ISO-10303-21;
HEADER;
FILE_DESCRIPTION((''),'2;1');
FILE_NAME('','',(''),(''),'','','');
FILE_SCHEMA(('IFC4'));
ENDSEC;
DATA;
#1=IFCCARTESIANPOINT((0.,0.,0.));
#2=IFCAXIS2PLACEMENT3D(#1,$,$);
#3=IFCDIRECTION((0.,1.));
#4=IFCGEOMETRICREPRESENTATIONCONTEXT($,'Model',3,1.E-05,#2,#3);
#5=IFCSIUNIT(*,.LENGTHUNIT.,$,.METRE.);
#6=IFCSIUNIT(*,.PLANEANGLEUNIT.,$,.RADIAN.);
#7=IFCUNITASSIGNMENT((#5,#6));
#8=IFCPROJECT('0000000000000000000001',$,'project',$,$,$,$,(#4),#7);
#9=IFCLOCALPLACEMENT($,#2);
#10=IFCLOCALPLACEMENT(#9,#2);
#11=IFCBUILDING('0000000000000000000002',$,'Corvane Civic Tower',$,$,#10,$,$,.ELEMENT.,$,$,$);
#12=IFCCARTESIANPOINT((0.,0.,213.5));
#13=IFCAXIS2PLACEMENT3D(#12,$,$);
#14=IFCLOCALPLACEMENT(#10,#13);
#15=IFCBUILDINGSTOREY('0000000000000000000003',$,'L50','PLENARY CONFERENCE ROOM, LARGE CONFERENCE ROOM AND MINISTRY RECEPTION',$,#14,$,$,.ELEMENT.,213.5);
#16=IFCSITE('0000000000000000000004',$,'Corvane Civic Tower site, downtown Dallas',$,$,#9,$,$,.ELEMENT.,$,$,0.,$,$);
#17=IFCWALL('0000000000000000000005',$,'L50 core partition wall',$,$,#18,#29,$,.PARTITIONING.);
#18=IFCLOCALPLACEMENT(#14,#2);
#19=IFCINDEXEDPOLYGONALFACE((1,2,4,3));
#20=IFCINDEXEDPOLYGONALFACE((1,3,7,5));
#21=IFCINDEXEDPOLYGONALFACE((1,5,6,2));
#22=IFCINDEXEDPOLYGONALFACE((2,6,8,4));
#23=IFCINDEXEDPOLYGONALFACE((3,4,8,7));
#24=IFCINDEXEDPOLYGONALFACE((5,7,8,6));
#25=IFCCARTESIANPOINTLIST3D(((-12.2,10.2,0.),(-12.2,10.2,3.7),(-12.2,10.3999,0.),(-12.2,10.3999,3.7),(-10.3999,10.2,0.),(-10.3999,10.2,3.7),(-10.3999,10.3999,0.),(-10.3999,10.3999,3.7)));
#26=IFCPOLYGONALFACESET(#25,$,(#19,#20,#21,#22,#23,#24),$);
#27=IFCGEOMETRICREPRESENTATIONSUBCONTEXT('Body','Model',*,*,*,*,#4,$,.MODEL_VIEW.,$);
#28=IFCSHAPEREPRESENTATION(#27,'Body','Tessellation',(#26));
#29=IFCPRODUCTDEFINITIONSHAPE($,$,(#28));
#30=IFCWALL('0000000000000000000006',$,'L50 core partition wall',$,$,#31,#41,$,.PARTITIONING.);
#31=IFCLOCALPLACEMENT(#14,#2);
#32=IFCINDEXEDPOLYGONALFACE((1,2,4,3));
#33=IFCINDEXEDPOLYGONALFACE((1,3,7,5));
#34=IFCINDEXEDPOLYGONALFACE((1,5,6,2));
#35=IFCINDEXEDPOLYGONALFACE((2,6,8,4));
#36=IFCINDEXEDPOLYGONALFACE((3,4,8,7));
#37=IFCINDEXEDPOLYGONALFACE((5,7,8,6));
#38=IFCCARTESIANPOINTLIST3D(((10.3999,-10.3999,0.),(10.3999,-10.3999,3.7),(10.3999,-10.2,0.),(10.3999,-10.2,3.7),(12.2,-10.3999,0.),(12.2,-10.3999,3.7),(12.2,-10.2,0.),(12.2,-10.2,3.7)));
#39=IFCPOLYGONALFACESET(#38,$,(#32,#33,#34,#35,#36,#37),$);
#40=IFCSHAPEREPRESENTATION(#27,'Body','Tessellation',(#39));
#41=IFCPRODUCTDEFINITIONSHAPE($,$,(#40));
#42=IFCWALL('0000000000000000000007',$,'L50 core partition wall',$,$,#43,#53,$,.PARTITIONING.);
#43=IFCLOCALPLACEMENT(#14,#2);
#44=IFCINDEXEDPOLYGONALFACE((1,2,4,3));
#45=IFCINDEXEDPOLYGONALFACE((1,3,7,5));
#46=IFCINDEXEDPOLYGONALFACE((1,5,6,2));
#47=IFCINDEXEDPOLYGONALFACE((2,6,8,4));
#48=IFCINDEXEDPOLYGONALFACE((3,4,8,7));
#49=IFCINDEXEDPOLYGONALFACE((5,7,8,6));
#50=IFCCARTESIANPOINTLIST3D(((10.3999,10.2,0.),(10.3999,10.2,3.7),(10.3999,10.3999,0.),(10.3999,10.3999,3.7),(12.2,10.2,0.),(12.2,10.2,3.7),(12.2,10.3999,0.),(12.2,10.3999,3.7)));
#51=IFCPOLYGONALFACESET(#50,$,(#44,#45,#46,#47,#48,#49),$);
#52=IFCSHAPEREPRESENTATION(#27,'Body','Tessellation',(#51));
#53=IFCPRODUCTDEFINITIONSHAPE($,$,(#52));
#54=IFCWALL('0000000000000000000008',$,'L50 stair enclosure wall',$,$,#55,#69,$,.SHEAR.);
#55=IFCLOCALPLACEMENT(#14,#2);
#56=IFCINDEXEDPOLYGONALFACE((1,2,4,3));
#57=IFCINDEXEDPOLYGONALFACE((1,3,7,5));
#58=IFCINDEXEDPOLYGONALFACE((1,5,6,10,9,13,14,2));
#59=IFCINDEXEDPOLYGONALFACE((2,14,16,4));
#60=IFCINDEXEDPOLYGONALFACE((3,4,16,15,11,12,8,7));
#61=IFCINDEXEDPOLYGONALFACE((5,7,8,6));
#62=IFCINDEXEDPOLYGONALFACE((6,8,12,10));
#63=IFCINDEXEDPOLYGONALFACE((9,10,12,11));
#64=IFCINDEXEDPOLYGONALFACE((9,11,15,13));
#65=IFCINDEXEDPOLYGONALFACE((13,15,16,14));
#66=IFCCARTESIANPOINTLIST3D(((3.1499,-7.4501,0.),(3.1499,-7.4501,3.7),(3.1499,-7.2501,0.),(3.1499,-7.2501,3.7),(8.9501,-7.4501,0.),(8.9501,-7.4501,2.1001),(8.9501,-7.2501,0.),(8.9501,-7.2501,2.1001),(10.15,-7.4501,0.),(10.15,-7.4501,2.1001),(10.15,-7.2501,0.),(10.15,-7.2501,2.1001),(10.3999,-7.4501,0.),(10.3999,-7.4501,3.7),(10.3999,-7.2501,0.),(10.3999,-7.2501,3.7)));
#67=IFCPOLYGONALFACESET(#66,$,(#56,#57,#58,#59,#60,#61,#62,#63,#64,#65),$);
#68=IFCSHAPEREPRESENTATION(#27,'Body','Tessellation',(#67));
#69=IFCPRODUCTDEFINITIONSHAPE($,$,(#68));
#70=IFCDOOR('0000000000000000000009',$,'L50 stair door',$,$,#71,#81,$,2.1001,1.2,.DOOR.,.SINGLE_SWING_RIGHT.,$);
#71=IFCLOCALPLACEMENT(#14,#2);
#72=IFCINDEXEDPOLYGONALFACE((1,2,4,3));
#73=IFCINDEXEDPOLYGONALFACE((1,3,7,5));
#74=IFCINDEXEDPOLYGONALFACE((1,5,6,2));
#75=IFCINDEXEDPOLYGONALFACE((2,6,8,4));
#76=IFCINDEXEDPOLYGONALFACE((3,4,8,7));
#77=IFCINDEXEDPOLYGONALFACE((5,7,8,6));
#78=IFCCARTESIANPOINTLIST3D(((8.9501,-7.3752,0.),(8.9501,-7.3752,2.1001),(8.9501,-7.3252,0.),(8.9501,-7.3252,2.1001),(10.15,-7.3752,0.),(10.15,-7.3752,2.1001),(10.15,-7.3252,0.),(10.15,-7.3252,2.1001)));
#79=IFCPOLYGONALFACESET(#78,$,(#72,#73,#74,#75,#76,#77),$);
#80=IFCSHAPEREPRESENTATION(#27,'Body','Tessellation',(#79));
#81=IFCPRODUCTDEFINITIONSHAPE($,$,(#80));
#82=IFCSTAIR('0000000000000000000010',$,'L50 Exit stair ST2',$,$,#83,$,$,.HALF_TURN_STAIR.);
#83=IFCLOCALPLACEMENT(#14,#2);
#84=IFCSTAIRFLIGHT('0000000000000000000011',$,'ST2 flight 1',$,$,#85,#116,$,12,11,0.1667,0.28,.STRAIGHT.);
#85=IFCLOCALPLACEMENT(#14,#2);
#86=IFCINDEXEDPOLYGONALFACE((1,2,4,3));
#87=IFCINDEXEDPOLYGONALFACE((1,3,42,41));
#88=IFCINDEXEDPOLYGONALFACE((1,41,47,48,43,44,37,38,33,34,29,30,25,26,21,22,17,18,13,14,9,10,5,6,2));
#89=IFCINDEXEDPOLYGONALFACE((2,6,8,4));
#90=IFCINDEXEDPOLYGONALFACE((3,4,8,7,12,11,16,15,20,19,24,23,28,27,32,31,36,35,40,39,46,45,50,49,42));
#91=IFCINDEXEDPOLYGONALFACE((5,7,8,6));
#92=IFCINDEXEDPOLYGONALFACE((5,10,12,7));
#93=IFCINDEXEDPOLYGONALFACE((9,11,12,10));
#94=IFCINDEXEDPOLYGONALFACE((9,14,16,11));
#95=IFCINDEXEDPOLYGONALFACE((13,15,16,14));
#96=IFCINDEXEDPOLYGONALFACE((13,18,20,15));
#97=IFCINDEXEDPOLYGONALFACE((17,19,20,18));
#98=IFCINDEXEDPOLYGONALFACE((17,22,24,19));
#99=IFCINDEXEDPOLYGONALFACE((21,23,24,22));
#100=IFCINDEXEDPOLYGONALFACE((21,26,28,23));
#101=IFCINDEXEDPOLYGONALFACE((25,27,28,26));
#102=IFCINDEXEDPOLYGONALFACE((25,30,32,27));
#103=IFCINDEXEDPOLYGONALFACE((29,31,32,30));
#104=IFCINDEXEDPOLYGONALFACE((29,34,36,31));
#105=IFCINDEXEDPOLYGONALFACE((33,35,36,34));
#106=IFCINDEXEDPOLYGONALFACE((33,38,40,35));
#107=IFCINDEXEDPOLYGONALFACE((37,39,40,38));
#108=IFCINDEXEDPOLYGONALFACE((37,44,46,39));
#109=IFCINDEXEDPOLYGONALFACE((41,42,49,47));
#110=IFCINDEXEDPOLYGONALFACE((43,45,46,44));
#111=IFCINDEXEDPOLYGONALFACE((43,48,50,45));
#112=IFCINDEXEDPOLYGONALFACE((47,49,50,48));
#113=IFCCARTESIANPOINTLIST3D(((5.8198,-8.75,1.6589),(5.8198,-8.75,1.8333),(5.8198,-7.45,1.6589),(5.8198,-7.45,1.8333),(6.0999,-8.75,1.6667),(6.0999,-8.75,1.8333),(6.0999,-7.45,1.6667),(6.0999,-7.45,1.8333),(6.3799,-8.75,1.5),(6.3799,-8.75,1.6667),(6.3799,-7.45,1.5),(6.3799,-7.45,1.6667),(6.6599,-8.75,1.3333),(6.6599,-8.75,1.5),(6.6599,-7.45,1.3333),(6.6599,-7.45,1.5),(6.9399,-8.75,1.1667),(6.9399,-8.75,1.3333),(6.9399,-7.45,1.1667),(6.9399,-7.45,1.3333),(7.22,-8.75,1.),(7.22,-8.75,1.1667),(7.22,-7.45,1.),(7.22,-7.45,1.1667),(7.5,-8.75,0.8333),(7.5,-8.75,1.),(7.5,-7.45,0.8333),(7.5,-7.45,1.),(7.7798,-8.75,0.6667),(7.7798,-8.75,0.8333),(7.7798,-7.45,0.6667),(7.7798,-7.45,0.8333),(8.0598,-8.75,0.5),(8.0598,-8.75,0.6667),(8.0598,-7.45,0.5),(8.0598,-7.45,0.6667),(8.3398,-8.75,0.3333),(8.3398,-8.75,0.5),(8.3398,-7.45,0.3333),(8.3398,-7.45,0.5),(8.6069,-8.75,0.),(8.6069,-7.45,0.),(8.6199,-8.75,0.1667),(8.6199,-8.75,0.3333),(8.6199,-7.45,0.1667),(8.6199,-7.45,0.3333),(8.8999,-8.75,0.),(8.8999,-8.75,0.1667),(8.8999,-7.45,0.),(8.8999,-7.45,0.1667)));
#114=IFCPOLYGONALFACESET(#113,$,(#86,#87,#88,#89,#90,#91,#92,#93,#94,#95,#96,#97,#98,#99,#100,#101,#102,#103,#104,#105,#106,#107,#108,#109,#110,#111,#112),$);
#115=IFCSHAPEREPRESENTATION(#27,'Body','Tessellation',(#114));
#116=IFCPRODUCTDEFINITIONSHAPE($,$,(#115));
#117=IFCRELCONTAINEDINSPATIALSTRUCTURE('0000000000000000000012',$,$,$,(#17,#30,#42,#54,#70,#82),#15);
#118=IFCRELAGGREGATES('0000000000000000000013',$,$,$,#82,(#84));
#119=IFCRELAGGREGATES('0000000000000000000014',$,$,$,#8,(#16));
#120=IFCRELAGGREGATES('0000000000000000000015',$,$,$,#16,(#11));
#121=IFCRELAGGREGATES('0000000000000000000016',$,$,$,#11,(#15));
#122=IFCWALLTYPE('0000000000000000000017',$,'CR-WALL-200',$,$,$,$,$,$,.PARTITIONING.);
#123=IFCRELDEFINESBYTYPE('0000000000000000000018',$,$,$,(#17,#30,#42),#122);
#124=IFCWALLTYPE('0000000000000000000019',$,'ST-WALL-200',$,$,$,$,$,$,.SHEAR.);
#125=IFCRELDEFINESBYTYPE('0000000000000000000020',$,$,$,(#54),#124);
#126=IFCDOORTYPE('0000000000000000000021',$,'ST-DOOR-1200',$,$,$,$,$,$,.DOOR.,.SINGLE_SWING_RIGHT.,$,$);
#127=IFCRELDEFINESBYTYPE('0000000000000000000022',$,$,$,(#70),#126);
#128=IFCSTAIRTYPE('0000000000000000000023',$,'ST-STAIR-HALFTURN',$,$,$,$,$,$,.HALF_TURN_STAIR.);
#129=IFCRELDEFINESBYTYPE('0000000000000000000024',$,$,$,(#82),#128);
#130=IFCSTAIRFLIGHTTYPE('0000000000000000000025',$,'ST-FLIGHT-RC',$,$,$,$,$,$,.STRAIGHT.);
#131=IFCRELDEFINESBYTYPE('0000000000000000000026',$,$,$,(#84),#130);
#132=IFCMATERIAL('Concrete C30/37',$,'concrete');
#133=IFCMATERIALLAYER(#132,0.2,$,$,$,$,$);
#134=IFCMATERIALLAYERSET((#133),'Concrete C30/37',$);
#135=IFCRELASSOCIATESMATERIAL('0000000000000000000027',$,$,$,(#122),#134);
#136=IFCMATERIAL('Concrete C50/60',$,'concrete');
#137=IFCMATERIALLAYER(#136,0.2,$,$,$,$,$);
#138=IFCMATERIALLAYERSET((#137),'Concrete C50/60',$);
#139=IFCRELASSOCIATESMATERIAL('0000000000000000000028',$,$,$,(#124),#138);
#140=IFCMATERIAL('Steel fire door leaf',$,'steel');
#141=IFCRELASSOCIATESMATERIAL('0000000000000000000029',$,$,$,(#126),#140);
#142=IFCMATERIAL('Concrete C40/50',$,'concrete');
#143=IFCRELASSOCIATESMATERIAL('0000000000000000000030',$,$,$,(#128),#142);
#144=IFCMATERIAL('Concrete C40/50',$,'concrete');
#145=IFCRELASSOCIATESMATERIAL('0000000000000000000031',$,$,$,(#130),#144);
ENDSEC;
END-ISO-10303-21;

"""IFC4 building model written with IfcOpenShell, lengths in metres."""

from ifc_helpers import new_model, si_unit, direction, frame, frame_2d, origin, place, context, subcontext, project, spatial, polyline, rectangle, outline, extrude, material, layer, layer_set, type_object, element, fill, aggregate, save


model = new_model("IFC4")

# Units and contexts
model_context = context("Model", 3, precision=1e-05, world=origin(), true_north=direction((0.0, 1.0)))
body_context = subcontext(model_context, "Body", "Model", "MODEL_VIEW")
ifc_project = project(units=[si_unit("LENGTHUNIT", "METRE"), si_unit("PLANEANGLEUNIT", "RADIAN")], contexts=[model_context])

# Site, building, storey
site_placement = place(None, origin())
site = spatial("IfcSite", under=ifc_project, at=site_placement, Name="Corvane Civic Tower site, downtown Dallas", CompositionType="ELEMENT", RefElevation=0.0)
building_placement = place(site_placement, origin())
building = spatial("IfcBuilding", under=site, at=building_placement, Name="Corvane Civic Tower", CompositionType="ELEMENT")
storey_placement = place(building_placement, frame((0.0, 0.0, 213.5)))
storey = spatial("IfcBuildingStorey", under=building, at=storey_placement, Name="L50", Description="PLENARY CONFERENCE ROOM, LARGE CONFERENCE ROOM AND MINISTRY RECEPTION", CompositionType="ELEMENT", Elevation=213.5)

# Shared definitions
ifc_material_1 = material(Name="Concrete C30/37", Category="concrete")
ifc_layer_1 = layer(ifc_material_1, 0.2)
ifc_layer_set_1 = layer_set([ifc_layer_1], Name="Concrete C30/37")
wall_type_1 = type_object("IfcWallType", Name="CR-WALL-200", PredefinedType="PARTITIONING", material=ifc_layer_set_1)

# Walls
wall_1_placement = place(storey_placement, origin())
element("IfcWall", 1, at=wall_1_placement, inside=storey, type_object=wall_type_1, Name="L50 core partition wall", PredefinedType="PARTITIONING", context=body_context, shape_type="SweptSolid", body=[
    extrude(outline(polyline([(-12.2, 10.2), (-12.2, 10.3999), (-10.3999, 10.3999), (-10.3999, 10.2), (-12.2, 10.2)])), origin(), (0.0, 0.0, 1.0), 3.7),
])
wall_2_placement = place(storey_placement, origin())
element("IfcWall", 2, at=wall_2_placement, inside=storey, type_object=wall_type_1, Name="L50 core partition wall", PredefinedType="PARTITIONING", context=body_context, shape_type="SweptSolid", body=[
    extrude(outline(polyline([(12.2, -10.3999), (10.3999, -10.3999), (10.3999, -10.2), (12.2, -10.2), (12.2, -10.3999)])), origin(), (0.0, 0.0, 1.0), 3.7),
])
wall_3_placement = place(storey_placement, origin())
element("IfcWall", 3, at=wall_3_placement, inside=storey, type_object=wall_type_1, Name="L50 core partition wall", PredefinedType="PARTITIONING", context=body_context, shape_type="SweptSolid", body=[
    extrude(outline(polyline([(10.3999, 10.2), (10.3999, 10.3999), (12.2, 10.3999), (12.2, 10.2), (10.3999, 10.2)])), origin(), (0.0, 0.0, 1.0), 3.7),
])

# Wall, opening, door
ifc_material_2 = material(Name="Concrete C50/60", Category="concrete")
ifc_layer_2 = layer(ifc_material_2, 0.2)
ifc_layer_set_2 = layer_set([ifc_layer_2], Name="Concrete C50/60")
wall_type_2 = type_object("IfcWallType", Name="ST-WALL-200", PredefinedType="SHEAR", material=ifc_layer_set_2)
wall_4_placement = place(storey_placement, frame((3.1499, -7.3501, 0.0), z_axis=(0.0, 0.0, 1.0), x_axis=(1.0, 0.0, 0.0)))
wall_4 = element("IfcWall", 4, at=wall_4_placement, inside=storey, type_object=wall_type_2, Name="L50 stair enclosure wall", PredefinedType="SHEAR", context=body_context, shape_type="SweptSolid", body=[
    extrude(rectangle(XDim=7.25, YDim=0.2, at=frame_2d((3.625, 0.0))), origin(), (0.0, 0.0, 1.0), 3.7),
])
opening_1_placement = place(wall_4_placement, frame((5.8, 0.0, 0.0)))
opening_1 = element("IfcOpeningElement", 5, at=opening_1_placement, cuts=wall_4, PredefinedType="OPENING", context=body_context, shape_type="SweptSolid", body=[
    extrude(rectangle(XDim=1.2, YDim=2.1001, at=frame_2d((0.6001, 1.05))), frame((0.0, 0.1099, 0.0), z_axis=(0.0, -1.0, 0.0), x_axis=(1.0, 0.0, 0.0)), (0.0, 0.0, 1.0), 0.22),
])
ifc_material_3 = material(Name="Steel fire door leaf", Category="steel")
door_type_1 = type_object("IfcDoorType", Name="ST-DOOR-1200", OperationType="SINGLE_SWING_RIGHT", PredefinedType="DOOR", material=ifc_material_3)
door_1_placement = place(opening_1_placement, origin())
door_1 = element("IfcDoor", 6, at=door_1_placement, inside=storey, type_object=door_type_1, Name="L50 stair door", OperationType="SINGLE_SWING_RIGHT", OverallHeight=2.1001, OverallWidth=1.2, PredefinedType="DOOR", context=body_context, shape_type="SweptSolid", body=[
    extrude(rectangle(XDim=1.2, YDim=2.1001, at=frame_2d((0.6001, 1.05))), frame((0.0, 0.0249, 0.0), z_axis=(0.0, -1.0, 0.0), x_axis=(1.0, 0.0, 0.0)), (0.0, 0.0, 1.0), 0.05),
])
fill(opening_1, door_1)

# Stair, stair flight
ifc_material_4 = material(Name="Concrete C40/50", Category="concrete")
stair_type = type_object("IfcStairType", Name="ST-STAIR-HALFTURN", PredefinedType="HALF_TURN_STAIR", material=ifc_material_4)
stair_placement = place(storey_placement, origin())
stair = element("IfcStair", 7, at=stair_placement, inside=storey, type_object=stair_type, Name="L50 Exit stair ST2", PredefinedType="HALF_TURN_STAIR")
ifc_material_5 = material(Name="Concrete C40/50", Category="concrete")
stair_flight_type = type_object("IfcStairFlightType", Name="ST-FLIGHT-RC", PredefinedType="STRAIGHT", material=ifc_material_5)
stair_flight_placement = place(storey_placement, frame((8.8999, -8.1001, 0.0), z_axis=(0.0, 0.0, 1.0), x_axis=(-1.0, 0.0, 0.0)))
stair_flight = element("IfcStairFlight", 8, at=stair_flight_placement, type_object=stair_flight_type, Name="ST2 flight 1", NumberOfRisers=12, NumberOfTreads=11, PredefinedType="STRAIGHT", RiserHeight=0.1667, TreadLength=0.28, context=body_context, shape_type="SweptSolid", body=[
    extrude(outline(polyline([(0.0, 0.0), (0.0, 0.1667), (0.28, 0.1667), (0.28, 0.3333), (0.5601, 0.3333), (0.5601, 0.5), (0.8401, 0.5), (0.8401, 0.6667), (1.1201, 0.6667), (1.1201, 0.8333), (1.3999, 0.8333), (1.3999, 1.0), (1.6799, 1.0), (1.6799, 1.1667), (1.96, 1.1667), (1.96, 1.3333), (2.24, 1.3333), (2.24, 1.5), (2.52, 1.5), (2.52, 1.6667), (2.8, 1.6667), (2.8, 1.8333), (3.0801, 1.8333), (3.0801, 2.0), (3.0801, 1.6589), (0.293, 0.0), (0.0, 0.0)])), frame((0.0, 0.6499, 0.0), z_axis=(0.0, -1.0, 0.0), x_axis=(1.0, 0.0, 0.0)), (0.0, 0.0, 1.0), 1.3),
])
aggregate(stair, [stair_flight])

save(model, "model.ifc")
